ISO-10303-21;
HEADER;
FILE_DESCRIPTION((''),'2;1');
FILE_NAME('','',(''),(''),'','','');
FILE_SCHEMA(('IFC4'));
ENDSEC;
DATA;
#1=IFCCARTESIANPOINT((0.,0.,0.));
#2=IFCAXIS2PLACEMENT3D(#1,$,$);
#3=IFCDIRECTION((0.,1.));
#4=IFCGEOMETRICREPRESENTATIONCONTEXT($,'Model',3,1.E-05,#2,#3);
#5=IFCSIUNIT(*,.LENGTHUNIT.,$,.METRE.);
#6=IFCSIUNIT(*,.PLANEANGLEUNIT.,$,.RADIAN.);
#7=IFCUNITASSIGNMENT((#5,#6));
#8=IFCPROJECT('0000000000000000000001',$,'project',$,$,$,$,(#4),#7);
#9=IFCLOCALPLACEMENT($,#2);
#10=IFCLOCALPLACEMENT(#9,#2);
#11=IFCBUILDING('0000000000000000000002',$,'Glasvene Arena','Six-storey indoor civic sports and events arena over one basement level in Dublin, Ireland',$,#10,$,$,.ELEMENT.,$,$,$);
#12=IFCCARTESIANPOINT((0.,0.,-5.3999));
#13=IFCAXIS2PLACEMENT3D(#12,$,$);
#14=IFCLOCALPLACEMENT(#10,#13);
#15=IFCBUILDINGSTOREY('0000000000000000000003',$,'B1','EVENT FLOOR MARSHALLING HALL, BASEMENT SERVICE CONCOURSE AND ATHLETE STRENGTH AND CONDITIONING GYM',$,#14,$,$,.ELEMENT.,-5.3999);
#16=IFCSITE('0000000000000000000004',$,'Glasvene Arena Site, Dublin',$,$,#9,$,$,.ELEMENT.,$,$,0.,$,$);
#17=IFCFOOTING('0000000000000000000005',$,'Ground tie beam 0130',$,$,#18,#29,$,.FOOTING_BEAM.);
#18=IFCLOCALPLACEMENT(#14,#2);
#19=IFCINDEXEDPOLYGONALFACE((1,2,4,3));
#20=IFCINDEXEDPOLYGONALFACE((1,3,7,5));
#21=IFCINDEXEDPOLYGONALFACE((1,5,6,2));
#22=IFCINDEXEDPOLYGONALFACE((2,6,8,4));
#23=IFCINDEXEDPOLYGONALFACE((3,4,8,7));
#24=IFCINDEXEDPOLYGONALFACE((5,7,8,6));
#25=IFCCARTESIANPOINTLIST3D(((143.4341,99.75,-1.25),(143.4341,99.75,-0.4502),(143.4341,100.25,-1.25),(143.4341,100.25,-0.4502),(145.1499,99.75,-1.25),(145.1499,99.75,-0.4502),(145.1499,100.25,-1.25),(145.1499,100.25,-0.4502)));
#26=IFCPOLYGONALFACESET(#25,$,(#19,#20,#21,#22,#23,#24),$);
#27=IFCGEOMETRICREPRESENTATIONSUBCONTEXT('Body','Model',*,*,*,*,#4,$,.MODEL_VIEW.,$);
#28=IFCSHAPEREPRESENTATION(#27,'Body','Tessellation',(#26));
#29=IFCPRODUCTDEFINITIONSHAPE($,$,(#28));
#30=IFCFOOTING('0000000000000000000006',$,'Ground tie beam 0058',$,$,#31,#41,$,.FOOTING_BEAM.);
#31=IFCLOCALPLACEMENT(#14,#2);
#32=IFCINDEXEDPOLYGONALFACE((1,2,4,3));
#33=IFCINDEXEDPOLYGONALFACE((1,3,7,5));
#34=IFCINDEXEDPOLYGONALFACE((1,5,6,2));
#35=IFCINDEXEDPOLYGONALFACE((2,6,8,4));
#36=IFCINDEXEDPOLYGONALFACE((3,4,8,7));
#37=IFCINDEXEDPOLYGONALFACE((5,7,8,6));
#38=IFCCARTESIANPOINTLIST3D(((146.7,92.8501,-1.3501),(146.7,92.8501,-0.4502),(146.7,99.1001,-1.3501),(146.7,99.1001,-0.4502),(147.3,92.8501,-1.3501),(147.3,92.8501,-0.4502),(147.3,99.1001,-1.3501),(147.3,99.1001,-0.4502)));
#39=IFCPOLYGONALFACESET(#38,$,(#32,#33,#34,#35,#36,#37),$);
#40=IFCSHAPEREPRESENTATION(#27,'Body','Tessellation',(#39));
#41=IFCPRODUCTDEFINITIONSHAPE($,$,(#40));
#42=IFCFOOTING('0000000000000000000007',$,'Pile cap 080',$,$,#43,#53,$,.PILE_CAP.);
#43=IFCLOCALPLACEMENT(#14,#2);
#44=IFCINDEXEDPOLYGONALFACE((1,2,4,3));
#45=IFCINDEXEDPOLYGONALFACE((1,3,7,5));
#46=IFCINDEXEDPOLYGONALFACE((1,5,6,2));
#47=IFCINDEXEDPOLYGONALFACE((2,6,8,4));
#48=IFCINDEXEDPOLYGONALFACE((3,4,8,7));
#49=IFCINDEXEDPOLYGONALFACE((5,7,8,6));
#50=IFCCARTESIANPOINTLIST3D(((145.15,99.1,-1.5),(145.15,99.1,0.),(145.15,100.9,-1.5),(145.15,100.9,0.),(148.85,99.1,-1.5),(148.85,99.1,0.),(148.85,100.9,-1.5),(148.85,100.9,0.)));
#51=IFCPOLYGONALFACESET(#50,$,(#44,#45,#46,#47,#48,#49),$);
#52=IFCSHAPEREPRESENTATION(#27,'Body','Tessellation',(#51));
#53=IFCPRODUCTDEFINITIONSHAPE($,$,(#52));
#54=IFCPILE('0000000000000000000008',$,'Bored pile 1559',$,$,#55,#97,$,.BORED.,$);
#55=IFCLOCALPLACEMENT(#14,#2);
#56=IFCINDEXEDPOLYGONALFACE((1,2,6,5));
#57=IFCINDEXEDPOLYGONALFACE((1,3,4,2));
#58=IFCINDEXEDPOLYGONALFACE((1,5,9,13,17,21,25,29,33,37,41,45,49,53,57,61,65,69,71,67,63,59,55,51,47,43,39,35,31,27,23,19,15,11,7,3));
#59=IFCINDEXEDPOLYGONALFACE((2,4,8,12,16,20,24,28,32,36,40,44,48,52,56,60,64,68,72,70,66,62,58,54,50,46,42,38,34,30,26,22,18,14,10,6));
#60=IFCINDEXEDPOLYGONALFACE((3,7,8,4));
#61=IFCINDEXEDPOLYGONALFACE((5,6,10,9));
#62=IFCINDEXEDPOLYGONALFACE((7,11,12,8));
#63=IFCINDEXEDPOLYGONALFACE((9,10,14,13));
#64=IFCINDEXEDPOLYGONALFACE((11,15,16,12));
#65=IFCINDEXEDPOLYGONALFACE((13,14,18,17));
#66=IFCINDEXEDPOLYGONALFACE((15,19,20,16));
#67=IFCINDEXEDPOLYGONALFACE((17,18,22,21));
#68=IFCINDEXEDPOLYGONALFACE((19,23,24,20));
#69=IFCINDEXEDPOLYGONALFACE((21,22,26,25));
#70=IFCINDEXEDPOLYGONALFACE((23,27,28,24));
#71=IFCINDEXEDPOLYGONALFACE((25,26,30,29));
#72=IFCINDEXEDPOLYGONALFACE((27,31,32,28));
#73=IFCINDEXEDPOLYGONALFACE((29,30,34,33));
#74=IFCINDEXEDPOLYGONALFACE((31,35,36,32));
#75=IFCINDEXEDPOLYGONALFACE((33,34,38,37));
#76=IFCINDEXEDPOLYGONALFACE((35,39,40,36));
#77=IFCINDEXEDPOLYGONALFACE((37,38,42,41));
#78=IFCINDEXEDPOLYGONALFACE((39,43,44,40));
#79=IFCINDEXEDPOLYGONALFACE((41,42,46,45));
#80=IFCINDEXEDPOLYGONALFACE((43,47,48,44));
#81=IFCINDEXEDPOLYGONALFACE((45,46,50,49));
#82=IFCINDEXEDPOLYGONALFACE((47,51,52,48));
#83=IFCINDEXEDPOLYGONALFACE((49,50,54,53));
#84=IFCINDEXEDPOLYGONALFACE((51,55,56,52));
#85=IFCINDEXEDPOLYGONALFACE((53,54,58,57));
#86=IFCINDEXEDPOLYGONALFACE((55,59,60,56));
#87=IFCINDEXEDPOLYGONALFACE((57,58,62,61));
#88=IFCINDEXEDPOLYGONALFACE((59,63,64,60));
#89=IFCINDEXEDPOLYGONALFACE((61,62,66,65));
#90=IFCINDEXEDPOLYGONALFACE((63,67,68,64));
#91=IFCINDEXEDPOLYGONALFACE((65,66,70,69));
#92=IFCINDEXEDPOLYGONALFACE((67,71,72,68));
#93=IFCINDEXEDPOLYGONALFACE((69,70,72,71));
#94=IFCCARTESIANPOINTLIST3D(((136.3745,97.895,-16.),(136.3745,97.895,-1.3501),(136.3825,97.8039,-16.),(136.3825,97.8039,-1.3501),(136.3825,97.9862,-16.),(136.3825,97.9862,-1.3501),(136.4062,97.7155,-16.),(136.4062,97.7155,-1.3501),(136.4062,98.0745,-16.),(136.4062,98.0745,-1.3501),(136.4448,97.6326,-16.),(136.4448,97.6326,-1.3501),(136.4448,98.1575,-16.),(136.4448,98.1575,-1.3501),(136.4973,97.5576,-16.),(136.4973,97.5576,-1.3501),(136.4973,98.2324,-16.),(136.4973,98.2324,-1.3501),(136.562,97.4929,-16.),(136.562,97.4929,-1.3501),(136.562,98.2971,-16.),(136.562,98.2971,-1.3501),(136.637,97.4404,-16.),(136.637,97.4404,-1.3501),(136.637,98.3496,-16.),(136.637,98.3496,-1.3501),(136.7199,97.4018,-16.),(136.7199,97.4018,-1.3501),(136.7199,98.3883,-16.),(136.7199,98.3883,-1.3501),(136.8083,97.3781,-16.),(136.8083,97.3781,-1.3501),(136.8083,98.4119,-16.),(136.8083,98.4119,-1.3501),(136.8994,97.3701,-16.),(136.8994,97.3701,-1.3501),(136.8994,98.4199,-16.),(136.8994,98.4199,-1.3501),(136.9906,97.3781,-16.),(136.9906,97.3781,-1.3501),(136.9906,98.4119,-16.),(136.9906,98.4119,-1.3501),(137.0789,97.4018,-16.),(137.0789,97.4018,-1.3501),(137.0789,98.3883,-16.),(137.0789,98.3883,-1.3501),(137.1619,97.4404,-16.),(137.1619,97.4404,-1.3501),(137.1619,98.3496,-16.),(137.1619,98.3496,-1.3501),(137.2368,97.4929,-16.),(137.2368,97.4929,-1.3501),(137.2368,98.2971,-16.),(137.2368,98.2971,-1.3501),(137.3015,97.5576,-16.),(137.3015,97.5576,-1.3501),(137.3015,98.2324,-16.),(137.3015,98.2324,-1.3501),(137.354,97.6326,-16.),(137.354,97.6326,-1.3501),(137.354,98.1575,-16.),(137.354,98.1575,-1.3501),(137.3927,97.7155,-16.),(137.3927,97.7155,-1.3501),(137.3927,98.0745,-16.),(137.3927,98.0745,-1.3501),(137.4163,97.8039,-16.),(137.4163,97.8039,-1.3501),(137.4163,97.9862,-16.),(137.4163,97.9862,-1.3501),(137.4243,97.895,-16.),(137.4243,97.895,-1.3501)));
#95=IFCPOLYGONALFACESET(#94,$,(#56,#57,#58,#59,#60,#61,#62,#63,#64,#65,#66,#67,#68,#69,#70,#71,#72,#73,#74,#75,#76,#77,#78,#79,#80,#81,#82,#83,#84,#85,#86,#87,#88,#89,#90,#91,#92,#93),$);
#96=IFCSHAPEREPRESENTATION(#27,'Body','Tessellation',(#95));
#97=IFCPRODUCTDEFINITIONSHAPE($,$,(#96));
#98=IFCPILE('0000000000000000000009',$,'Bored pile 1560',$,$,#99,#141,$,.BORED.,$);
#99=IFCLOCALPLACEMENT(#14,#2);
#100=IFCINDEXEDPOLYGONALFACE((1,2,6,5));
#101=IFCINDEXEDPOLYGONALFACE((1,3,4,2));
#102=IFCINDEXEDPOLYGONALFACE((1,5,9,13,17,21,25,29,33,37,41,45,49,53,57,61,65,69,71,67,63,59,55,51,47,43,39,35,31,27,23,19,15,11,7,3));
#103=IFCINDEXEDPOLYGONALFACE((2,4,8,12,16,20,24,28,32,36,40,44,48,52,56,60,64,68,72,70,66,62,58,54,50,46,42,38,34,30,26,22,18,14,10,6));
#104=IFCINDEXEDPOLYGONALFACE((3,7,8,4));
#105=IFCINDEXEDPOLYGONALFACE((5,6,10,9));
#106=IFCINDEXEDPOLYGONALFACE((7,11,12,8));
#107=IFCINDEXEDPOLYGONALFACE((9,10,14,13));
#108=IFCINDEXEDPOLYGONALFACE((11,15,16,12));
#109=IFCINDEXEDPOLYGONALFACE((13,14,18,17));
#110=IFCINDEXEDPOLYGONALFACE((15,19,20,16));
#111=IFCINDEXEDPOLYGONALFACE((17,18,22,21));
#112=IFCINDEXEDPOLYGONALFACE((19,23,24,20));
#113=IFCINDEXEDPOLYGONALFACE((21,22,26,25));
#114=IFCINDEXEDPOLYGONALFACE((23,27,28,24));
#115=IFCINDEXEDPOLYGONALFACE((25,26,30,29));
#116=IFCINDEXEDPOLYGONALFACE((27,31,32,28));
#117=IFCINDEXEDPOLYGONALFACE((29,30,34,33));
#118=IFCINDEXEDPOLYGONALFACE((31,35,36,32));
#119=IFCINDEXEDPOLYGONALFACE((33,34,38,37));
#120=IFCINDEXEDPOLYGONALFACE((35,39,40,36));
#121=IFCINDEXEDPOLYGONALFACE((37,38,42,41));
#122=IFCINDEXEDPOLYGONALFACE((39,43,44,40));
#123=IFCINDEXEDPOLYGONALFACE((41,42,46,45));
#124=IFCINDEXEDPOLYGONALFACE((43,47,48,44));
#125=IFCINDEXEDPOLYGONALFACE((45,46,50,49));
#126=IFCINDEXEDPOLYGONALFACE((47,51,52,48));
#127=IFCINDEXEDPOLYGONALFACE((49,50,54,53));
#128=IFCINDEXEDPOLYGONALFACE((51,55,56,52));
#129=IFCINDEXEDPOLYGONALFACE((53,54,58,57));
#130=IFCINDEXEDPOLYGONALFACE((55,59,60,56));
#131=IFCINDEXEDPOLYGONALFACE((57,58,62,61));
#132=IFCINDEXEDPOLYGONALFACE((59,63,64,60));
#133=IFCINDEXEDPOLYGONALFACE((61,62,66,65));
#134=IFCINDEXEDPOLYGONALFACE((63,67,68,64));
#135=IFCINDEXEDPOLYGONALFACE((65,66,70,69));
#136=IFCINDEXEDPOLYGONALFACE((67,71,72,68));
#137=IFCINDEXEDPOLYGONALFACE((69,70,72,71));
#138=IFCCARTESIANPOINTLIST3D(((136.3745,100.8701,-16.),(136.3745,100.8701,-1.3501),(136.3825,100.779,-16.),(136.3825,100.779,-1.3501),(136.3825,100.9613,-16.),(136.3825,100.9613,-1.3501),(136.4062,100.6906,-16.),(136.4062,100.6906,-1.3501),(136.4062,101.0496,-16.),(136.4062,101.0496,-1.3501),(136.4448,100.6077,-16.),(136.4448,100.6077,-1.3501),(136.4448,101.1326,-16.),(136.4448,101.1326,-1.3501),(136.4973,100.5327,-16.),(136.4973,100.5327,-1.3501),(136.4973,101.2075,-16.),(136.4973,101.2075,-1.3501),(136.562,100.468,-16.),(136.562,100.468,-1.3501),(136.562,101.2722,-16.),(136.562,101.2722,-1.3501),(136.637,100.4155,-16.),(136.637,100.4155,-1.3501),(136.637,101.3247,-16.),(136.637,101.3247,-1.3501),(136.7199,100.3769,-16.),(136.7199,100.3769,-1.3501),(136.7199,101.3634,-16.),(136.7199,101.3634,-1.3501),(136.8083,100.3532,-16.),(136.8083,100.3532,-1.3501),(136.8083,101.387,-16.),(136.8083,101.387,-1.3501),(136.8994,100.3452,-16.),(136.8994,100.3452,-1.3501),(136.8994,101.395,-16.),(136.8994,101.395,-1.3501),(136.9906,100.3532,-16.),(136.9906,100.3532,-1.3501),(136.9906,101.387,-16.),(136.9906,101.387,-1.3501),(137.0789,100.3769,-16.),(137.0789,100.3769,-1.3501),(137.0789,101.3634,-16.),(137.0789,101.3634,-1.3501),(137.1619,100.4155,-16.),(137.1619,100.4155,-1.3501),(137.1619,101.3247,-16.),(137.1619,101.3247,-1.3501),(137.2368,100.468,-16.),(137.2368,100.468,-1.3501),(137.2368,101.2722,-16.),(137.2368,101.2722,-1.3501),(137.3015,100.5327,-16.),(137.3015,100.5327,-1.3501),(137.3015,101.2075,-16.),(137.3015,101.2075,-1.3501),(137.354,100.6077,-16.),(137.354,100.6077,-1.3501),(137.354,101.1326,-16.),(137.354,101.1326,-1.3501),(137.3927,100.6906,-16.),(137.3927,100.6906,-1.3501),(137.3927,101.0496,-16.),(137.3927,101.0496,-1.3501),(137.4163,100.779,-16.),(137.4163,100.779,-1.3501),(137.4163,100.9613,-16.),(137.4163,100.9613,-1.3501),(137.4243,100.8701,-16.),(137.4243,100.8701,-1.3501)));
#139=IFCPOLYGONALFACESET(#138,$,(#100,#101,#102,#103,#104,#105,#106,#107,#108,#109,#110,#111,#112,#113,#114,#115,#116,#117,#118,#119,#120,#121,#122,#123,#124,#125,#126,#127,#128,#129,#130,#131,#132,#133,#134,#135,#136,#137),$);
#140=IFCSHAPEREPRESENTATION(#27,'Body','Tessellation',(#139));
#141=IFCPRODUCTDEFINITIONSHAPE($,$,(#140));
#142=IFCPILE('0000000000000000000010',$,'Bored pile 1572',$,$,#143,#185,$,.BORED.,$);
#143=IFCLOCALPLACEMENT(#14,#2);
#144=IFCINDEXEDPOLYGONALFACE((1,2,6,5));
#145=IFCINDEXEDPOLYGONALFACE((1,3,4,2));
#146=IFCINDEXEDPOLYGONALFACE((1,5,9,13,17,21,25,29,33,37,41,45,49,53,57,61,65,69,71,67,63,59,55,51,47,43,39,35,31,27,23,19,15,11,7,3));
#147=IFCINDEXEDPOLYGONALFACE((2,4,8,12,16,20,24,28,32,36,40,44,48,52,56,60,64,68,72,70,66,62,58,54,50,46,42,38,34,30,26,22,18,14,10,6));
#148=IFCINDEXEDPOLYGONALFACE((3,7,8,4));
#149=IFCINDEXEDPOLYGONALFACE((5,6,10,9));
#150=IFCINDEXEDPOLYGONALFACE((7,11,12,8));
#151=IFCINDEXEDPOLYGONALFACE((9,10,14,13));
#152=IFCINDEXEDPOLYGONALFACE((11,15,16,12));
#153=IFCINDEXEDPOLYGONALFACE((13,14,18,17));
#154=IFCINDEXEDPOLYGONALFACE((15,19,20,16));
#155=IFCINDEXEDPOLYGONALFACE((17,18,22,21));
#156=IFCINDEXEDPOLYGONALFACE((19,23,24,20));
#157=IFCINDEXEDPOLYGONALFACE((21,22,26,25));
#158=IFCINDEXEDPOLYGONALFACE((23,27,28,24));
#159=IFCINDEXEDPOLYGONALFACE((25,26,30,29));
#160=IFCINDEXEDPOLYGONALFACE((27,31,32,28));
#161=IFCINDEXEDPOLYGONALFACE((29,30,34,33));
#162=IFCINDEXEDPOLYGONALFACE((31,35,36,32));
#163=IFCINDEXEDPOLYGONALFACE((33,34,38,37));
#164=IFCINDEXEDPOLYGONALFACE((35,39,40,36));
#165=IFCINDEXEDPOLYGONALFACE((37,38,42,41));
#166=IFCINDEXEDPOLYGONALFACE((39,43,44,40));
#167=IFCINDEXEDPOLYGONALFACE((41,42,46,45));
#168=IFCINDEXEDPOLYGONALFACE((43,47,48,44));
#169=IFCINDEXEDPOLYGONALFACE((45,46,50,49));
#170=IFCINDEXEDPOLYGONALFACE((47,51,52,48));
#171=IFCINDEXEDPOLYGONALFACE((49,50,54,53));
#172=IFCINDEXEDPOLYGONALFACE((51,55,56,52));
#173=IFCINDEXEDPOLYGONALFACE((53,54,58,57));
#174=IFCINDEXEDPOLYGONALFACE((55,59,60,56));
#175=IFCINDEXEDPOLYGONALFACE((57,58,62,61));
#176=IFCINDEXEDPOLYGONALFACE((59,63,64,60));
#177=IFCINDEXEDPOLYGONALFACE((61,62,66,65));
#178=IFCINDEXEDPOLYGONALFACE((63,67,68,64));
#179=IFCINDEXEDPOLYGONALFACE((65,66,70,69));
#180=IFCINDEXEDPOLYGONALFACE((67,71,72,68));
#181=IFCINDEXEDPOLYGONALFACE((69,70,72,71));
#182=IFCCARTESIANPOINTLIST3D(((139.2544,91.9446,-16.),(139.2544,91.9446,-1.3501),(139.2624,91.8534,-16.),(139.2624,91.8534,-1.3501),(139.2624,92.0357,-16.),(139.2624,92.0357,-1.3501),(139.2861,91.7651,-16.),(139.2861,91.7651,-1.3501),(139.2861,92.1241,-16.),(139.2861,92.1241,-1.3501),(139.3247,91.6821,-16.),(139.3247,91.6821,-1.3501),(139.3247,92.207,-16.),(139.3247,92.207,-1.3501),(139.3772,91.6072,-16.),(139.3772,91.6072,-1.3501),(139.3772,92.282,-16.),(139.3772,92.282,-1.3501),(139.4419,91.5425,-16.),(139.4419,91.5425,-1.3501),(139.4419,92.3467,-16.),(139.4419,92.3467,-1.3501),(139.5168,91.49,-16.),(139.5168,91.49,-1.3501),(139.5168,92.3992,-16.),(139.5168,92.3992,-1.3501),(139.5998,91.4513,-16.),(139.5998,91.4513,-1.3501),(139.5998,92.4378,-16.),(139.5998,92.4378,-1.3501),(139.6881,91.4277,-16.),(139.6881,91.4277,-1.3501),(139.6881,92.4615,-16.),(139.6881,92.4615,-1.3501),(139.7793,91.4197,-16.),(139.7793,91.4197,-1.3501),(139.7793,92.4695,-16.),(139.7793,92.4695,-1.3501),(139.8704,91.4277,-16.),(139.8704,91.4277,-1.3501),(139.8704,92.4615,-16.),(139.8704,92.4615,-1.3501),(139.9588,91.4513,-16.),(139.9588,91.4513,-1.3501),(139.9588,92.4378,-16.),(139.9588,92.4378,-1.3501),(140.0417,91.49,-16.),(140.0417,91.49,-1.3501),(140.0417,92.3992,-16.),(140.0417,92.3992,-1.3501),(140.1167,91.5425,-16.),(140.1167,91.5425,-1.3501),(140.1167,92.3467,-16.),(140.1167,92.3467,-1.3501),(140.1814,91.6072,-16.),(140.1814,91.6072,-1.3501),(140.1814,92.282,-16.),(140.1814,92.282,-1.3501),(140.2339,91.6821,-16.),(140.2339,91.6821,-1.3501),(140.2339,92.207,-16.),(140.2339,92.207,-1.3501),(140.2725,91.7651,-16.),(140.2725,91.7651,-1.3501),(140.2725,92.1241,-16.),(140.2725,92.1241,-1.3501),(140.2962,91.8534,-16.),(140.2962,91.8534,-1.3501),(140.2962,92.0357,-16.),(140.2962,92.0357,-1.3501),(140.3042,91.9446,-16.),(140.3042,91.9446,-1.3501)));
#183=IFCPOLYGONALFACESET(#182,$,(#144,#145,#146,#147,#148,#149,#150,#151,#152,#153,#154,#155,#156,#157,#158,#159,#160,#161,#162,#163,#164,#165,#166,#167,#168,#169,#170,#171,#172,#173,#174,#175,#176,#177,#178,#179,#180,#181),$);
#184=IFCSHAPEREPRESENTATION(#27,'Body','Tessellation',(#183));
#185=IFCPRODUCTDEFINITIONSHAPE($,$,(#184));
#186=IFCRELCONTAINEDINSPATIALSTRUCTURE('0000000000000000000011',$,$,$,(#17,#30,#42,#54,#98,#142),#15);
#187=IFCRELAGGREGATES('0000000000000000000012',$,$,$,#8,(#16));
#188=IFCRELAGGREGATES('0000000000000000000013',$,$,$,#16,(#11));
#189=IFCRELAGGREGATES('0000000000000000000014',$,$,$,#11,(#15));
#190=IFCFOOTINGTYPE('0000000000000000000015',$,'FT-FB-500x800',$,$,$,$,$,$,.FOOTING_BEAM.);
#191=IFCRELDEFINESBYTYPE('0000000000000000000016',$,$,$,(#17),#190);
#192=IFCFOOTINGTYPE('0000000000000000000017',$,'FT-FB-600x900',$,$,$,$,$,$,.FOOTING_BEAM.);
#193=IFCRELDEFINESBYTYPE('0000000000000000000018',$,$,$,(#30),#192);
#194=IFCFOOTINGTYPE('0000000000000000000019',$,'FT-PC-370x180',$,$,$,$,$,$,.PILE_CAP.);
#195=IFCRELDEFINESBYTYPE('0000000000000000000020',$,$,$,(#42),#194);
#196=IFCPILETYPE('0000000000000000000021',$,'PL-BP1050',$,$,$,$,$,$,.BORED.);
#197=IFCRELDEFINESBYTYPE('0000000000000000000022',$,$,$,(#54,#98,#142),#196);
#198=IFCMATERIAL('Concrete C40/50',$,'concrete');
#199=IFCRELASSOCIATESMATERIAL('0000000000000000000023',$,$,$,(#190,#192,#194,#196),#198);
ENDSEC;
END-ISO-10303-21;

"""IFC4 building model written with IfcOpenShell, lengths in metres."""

from ifc_helpers import new_model, si_unit, direction, frame, origin, origin_2d, place, context, subcontext, project, spatial, polyline, rectangle, circle, outline, extrude, material, material_profile, profile_set, type_object, element, save


model = new_model("IFC4")

# Units and contexts
model_context = context("Model", 3, precision=1e-05, world=origin(), true_north=direction((0.0, 1.0)))
body_context = subcontext(model_context, "Body", "Model", "MODEL_VIEW")
ifc_project = project(units=[si_unit("LENGTHUNIT", "METRE"), si_unit("PLANEANGLEUNIT", "RADIAN")], contexts=[model_context])

# Site, building, storey
site_placement = place(None, origin())
site = spatial("IfcSite", under=ifc_project, at=site_placement, Name="Glasvene Arena Site, Dublin", CompositionType="ELEMENT", RefElevation=0.0)
building_placement = place(site_placement, origin())
building = spatial("IfcBuilding", under=site, at=building_placement, Name="Glasvene Arena", Description="Six-storey indoor civic sports and events arena over one basement level in Dublin, Ireland", CompositionType="ELEMENT")
storey_placement = place(building_placement, frame((0.0, 0.0, -5.3999)))
storey = spatial("IfcBuildingStorey", under=building, at=storey_placement, Name="B1", Description="EVENT FLOOR MARSHALLING HALL, BASEMENT SERVICE CONCOURSE AND ATHLETE STRENGTH AND CONDITIONING GYM", CompositionType="ELEMENT", Elevation=-5.3999)

# Footings
ifc_material_1 = material(Name="Concrete C40/50", Category="concrete")
footing_type_1 = type_object("IfcFootingType", Name="FT-FB-500x800", PredefinedType="FOOTING_BEAM", material=ifc_material_1)
footing_1_placement = place(storey_placement, frame((144.292, 100.0, -1.25)))
element("IfcFooting", 1, at=footing_1_placement, inside=storey, type_object=footing_type_1, Name="Ground tie beam 0130", PredefinedType="FOOTING_BEAM", context=body_context, shape_type="SweptSolid", body=[
    extrude(outline(polyline([(-0.8579, -0.25), (0.8579, -0.25), (0.8579, 0.25), (-0.8579, 0.25), (-0.8579, -0.25)])), origin(), (0.0, 0.0, 1.0), 0.7998),
])
footing_type_2 = type_object("IfcFootingType", Name="FT-FB-600x900", PredefinedType="FOOTING_BEAM", material=ifc_material_1)
footing_2_placement = place(storey_placement, frame((147.0, 95.9751, -1.3501)))
element("IfcFooting", 2, at=footing_2_placement, inside=storey, type_object=footing_type_2, Name="Ground tie beam 0058", PredefinedType="FOOTING_BEAM", context=body_context, shape_type="SweptSolid", body=[
    extrude(outline(polyline([(-0.3, -3.125), (0.3, -3.125), (0.3, 3.125), (-0.3, 3.125), (-0.3, -3.125)])), origin(), (0.0, 0.0, 1.0), 0.8999),
])
footing_type_3 = type_object("IfcFootingType", Name="FT-PC-370x180", PredefinedType="PILE_CAP", material=ifc_material_1)
footing_3_placement = place(storey_placement, frame((147.0, 100.0, -1.5), z_axis=(0.0, 0.0, 1.0), x_axis=(1.0, 0.0, 0.0)))
element("IfcFooting", 3, at=footing_3_placement, inside=storey, type_object=footing_type_3, Name="Pile cap 080", PredefinedType="PILE_CAP", context=body_context, shape_type="SweptSolid", body=[
    extrude(rectangle(XDim=3.7, YDim=1.8, at=origin_2d()), origin(), (0.0, 0.0, 1.0), 1.5),
])

# Piles
ifc_material_profile_1 = material_profile(ifc_material_1, circle(Radius=0.5249, at=origin_2d()), Name="BORED PILE 1050")
ifc_profile_set_1 = profile_set([ifc_material_profile_1], Name="Concrete C40/50")
pile_type_1 = type_object("IfcPileType", Name="PL-BP1050", PredefinedType="BORED", material=ifc_profile_set_1)
for number, where, z_axis, x_axis, name in (
    (4, (136.8994, 97.895, -1.3501), (0.0, 0.0, -1.0), (1.0, 0.0, 0.0), "Bored pile 1559"),
    (5, (136.8994, 100.8701, -1.3501), (0.0, 0.0, -1.0), (1.0, 0.0, 0.0), "Bored pile 1560"),
    (6, (139.7793, 91.9446, -1.3501), (0.0, 0.0, -1.0), (1.0, 0.0, 0.0), "Bored pile 1572"),
):
    element("IfcPile", number, at=place(storey_placement, frame(where, z_axis=z_axis, x_axis=x_axis)), inside=storey, type_object=pile_type_1, Name=name, PredefinedType="BORED", context=body_context, shape_type="SweptSolid", body=[
        extrude(circle(Radius=0.5249, at=origin_2d()), origin(), (0.0, 0.0, 1.0), 14.6499),
    ])

save(model, "model.ifc")
